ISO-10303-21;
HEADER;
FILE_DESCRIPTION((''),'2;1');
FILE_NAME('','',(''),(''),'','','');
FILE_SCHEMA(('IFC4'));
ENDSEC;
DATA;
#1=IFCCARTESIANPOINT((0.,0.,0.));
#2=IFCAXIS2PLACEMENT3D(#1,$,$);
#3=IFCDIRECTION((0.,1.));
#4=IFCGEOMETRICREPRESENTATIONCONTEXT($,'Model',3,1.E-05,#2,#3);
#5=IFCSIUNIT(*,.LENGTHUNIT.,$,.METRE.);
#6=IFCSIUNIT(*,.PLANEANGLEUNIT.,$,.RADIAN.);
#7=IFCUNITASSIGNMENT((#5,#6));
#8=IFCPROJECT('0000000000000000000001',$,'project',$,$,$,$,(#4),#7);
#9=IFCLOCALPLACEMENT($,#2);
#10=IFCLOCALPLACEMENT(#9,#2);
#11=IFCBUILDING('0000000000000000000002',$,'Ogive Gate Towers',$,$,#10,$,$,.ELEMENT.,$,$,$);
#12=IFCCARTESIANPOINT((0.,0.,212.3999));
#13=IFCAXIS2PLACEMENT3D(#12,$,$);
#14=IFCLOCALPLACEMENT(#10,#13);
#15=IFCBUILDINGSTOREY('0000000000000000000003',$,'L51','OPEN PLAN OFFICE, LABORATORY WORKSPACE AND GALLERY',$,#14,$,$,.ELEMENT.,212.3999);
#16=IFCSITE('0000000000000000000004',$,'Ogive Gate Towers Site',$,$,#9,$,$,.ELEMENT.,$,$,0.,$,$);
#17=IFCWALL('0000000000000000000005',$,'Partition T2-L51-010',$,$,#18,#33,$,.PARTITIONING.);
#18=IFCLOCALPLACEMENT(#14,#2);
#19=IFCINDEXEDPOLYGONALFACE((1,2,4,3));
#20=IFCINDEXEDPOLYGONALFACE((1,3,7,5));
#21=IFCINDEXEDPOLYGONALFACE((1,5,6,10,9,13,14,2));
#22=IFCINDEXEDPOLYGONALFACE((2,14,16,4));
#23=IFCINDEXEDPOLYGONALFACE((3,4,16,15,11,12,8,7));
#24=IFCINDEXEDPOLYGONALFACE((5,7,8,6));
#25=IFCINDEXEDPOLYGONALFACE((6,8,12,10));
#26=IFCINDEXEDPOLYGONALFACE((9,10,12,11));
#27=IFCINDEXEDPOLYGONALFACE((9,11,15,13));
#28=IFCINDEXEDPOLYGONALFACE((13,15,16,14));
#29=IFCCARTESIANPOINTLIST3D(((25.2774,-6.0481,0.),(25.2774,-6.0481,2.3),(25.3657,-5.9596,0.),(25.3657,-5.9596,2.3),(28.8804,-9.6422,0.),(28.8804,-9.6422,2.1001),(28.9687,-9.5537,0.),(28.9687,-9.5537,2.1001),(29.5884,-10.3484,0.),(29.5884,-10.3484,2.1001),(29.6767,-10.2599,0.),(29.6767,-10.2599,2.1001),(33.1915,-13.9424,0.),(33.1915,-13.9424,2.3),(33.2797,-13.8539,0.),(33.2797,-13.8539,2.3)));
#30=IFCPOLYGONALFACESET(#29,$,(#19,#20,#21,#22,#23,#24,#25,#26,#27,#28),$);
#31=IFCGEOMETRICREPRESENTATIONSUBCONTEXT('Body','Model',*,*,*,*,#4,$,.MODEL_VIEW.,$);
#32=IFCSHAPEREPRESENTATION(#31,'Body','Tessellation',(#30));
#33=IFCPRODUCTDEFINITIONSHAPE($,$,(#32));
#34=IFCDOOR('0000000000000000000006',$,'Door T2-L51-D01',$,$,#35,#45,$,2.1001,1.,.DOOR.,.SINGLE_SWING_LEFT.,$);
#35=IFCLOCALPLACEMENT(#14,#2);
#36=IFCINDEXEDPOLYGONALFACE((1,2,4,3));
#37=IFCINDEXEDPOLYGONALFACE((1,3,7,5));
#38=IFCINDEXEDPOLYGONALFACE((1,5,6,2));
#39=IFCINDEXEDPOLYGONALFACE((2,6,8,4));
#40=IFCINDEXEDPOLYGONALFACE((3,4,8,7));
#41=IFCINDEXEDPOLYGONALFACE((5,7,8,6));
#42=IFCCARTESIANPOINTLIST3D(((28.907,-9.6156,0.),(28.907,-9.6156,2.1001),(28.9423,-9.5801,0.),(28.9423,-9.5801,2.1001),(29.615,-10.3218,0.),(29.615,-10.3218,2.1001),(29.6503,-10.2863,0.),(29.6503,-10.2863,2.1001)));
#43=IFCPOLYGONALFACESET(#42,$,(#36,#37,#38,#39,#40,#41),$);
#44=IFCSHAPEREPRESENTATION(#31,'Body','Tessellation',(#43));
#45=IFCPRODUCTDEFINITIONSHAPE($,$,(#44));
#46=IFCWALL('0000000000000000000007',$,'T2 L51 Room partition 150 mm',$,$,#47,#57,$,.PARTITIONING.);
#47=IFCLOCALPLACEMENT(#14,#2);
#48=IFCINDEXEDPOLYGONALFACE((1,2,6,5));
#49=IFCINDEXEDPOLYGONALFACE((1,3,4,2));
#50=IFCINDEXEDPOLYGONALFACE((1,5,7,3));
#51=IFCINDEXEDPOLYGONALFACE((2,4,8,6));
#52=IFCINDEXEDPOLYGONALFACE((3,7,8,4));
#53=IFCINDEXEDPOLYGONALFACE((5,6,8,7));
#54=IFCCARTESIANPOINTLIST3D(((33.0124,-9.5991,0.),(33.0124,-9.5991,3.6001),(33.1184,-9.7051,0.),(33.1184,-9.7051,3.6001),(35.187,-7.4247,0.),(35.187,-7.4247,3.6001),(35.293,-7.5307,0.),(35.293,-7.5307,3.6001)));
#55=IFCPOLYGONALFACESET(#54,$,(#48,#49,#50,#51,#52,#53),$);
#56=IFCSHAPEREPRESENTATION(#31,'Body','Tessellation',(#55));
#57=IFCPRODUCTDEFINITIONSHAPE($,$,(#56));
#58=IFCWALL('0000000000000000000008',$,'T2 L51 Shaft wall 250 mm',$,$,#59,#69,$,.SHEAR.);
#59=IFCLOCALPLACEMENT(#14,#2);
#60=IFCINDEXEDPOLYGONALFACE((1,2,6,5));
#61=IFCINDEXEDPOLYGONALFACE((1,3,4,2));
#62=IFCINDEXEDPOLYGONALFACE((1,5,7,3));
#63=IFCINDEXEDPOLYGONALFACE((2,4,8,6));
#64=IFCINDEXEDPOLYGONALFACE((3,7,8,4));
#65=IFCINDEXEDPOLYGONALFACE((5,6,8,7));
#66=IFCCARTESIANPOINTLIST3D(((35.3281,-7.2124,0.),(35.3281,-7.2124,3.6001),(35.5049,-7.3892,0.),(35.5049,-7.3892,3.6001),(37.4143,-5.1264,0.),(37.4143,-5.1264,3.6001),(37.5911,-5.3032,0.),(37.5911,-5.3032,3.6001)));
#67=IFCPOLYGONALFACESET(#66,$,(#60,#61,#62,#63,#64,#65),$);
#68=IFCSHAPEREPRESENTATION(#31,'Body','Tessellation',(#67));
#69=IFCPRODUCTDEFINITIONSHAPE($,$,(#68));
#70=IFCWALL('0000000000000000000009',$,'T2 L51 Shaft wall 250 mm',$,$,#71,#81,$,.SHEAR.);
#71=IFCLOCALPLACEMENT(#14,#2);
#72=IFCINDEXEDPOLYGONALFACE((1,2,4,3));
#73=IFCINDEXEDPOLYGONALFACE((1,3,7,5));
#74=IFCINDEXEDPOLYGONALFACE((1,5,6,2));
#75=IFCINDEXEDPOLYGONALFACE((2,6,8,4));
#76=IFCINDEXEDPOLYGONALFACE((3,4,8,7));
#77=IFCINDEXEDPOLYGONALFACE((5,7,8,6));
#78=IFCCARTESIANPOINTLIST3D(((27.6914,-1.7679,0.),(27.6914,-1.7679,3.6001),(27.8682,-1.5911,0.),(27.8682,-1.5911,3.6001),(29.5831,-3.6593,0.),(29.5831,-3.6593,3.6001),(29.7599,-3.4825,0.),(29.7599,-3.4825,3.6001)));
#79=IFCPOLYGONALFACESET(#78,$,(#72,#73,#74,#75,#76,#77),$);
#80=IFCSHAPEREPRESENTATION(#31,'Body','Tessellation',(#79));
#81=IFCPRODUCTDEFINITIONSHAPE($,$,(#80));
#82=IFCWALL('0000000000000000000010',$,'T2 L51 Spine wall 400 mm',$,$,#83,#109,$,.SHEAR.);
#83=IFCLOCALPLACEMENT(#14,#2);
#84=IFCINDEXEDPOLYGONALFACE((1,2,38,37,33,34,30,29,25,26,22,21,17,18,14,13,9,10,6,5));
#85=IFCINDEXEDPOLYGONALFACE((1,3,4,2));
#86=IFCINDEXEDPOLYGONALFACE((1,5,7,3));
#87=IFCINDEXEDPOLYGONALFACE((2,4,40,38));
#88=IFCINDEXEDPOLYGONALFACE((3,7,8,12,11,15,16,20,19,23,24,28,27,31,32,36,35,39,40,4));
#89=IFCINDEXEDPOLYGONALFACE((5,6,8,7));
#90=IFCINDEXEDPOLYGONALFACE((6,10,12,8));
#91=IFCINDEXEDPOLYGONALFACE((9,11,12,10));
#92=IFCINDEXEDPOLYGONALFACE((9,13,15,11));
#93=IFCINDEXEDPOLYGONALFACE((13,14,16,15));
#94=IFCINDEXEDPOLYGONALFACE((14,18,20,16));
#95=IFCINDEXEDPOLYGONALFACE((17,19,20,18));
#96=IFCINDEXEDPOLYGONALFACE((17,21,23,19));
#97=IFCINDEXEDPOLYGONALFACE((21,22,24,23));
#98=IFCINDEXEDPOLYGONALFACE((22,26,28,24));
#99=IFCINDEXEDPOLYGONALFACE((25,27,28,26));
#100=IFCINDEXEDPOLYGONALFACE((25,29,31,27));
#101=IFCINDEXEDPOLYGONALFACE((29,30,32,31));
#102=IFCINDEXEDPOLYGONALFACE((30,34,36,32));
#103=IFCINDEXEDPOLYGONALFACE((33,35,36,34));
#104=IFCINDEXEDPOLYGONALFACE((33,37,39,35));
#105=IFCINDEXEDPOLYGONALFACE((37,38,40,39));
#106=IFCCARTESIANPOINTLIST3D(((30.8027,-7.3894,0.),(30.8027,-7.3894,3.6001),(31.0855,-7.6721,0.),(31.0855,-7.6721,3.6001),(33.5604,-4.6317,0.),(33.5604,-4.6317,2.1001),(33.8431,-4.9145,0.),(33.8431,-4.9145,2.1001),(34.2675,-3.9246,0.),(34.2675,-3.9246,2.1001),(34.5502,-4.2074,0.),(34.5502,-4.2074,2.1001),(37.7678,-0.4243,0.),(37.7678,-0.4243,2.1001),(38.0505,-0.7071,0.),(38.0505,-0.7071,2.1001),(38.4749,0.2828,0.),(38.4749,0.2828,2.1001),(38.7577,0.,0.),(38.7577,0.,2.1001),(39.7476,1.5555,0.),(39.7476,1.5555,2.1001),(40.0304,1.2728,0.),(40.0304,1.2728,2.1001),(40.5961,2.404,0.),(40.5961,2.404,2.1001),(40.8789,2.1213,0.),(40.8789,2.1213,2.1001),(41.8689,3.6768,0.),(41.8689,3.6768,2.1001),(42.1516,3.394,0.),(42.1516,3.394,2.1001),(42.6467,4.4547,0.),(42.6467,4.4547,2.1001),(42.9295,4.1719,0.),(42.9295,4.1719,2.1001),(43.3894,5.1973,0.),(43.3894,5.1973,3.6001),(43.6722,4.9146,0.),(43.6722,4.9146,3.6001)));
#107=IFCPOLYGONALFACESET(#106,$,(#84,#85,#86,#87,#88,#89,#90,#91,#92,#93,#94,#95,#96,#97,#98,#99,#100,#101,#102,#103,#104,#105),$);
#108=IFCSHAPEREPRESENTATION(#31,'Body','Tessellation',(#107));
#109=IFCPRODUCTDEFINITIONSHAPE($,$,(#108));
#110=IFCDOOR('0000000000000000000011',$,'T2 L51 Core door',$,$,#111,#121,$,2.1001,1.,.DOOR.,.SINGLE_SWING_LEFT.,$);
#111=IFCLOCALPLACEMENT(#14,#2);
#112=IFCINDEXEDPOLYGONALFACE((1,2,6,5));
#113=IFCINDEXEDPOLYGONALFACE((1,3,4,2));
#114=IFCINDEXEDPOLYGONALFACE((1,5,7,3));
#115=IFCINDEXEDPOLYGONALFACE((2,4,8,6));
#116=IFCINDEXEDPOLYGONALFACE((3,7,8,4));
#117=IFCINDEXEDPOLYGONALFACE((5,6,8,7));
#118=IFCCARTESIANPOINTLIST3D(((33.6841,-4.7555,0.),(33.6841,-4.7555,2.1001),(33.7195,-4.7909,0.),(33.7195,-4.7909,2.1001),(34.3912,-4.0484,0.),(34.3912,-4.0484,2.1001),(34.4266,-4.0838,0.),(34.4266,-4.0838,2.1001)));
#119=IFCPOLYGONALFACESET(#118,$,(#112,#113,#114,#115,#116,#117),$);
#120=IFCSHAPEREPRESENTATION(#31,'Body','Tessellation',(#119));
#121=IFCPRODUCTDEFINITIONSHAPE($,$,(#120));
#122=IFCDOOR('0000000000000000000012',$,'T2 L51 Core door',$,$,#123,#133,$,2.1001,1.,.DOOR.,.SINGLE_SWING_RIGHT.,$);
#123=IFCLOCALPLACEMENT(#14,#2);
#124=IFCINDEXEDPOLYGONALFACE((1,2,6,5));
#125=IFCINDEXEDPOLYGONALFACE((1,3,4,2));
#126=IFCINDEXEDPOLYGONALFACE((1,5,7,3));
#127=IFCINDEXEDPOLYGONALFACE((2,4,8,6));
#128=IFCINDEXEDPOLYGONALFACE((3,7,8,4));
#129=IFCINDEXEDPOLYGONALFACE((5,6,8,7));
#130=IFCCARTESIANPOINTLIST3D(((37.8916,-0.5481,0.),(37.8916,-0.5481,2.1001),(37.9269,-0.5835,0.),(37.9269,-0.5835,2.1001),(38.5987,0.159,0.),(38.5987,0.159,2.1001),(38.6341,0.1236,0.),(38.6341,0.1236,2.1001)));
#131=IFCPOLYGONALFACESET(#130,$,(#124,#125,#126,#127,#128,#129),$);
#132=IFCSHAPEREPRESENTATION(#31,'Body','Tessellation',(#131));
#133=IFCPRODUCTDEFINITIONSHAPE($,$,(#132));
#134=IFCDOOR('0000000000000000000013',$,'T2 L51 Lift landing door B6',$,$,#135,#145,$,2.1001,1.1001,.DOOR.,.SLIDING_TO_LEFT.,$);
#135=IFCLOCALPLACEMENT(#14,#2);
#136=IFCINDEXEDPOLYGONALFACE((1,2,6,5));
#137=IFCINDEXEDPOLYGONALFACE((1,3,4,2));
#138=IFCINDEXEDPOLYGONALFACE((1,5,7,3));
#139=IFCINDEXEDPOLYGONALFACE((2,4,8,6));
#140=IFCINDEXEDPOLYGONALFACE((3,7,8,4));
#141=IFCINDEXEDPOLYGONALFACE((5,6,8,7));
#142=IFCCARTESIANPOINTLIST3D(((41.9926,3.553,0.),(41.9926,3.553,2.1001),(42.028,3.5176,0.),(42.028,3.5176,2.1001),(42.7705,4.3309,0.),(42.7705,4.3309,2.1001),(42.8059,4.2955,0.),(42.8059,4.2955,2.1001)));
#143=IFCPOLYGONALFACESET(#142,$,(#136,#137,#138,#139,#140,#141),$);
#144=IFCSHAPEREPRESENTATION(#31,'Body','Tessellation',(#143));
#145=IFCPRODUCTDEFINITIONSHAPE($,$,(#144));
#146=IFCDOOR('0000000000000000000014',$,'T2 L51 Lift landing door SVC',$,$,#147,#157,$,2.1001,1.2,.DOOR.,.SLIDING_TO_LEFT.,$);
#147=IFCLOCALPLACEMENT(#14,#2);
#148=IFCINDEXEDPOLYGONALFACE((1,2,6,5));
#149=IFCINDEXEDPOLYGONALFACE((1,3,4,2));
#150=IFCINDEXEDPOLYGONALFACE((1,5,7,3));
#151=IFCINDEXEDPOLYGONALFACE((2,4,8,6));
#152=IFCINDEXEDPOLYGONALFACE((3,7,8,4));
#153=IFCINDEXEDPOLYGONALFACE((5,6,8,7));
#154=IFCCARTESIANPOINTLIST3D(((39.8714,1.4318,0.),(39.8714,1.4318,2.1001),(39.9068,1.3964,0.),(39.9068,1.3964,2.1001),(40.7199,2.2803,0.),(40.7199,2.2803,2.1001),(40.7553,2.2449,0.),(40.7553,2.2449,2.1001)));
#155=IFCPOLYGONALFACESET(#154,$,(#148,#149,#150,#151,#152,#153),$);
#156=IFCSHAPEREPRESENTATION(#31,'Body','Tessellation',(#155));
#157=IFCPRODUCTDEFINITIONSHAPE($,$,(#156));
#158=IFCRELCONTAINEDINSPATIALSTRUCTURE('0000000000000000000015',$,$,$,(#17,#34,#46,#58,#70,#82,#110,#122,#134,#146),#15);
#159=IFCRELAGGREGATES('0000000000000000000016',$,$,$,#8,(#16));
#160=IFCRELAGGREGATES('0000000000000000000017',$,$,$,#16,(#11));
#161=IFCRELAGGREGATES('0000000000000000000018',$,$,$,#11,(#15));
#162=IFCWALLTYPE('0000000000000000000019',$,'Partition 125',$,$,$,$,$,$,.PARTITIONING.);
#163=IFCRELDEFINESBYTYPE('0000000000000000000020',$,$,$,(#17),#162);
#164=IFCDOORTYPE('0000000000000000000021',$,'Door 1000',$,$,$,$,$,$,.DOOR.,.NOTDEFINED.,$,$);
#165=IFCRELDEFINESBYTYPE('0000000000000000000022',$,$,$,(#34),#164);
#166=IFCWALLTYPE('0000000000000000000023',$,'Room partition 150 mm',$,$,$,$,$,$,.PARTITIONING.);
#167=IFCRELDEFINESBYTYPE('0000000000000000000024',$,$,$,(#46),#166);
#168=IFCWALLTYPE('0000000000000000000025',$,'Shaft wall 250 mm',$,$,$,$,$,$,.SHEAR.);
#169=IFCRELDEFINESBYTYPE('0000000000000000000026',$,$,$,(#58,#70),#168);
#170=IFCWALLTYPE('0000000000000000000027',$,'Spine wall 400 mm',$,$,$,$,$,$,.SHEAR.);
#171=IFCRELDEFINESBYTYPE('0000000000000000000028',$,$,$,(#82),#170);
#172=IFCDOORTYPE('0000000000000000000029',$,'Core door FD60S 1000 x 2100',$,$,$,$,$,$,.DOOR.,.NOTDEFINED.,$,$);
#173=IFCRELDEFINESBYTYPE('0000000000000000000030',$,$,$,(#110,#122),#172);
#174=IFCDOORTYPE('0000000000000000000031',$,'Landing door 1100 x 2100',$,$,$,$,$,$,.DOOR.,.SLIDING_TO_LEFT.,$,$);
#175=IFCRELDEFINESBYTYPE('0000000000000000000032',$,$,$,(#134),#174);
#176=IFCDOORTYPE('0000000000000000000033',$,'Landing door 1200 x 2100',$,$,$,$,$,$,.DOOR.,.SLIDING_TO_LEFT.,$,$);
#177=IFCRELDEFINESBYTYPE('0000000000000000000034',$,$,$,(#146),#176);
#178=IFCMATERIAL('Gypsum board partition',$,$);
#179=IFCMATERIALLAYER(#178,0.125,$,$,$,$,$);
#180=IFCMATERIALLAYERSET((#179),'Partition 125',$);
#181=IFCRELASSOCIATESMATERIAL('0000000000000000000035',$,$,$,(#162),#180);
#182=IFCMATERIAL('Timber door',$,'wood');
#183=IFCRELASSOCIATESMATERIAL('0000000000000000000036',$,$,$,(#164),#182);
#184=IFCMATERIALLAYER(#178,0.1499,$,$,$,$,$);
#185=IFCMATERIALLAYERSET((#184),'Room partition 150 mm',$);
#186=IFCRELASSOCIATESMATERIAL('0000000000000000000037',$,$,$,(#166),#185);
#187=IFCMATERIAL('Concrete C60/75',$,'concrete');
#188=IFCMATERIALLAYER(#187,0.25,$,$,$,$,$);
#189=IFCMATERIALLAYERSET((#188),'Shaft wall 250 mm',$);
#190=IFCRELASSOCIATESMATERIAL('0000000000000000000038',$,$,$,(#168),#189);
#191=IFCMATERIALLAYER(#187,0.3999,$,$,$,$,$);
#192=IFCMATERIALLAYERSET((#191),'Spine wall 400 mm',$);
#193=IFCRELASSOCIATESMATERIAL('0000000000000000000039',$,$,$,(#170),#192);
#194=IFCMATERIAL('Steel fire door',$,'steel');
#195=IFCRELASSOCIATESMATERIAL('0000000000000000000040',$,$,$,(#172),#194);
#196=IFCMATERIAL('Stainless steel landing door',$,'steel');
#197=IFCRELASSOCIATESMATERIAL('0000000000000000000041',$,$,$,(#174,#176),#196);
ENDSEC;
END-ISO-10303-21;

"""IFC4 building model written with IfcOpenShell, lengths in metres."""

from ifc_helpers import new_model, si_unit, direction, frame, frame_2d, origin, place, context, subcontext, project, spatial, rectangle, extrude, material, layer, layer_set, type_object, element, fill, save


model = new_model("IFC4")

# Units and contexts
model_context = context("Model", 3, precision=1e-05, world=origin(), true_north=direction((0.0, 1.0)))
body_context = subcontext(model_context, "Body", "Model", "MODEL_VIEW")
ifc_project = project(units=[si_unit("LENGTHUNIT", "METRE"), si_unit("PLANEANGLEUNIT", "RADIAN")], contexts=[model_context])

# Site, building, storey
site_placement = place(None, origin())
site = spatial("IfcSite", under=ifc_project, at=site_placement, Name="Ogive Gate Towers Site", CompositionType="ELEMENT", RefElevation=0.0)
building_placement = place(site_placement, origin())
building = spatial("IfcBuilding", under=site, at=building_placement, Name="Ogive Gate Towers", CompositionType="ELEMENT")
storey_placement = place(building_placement, frame((0.0, 0.0, 212.3999)))
storey = spatial("IfcBuildingStorey", under=building, at=storey_placement, Name="L51", Description="OPEN PLAN OFFICE, LABORATORY WORKSPACE AND GALLERY", CompositionType="ELEMENT", Elevation=212.3999)

# Shared definitions
ifc_material_1 = material(Name="Gypsum board partition")
ifc_layer_1 = layer(ifc_material_1, 0.125)
ifc_layer_set_1 = layer_set([ifc_layer_1], Name="Partition 125")
wall_type_1 = type_object("IfcWallType", Name="Partition 125", PredefinedType="PARTITIONING", material=ifc_layer_set_1)

# Wall, opening, door
wall_1_placement = place(storey_placement, frame((33.2356, -13.8982, 0.0), z_axis=(0.0, 0.0, 1.0), x_axis=(-0.707991, 0.706222, 0.0)))
wall_1 = element("IfcWall", 1, at=wall_1_placement, inside=storey, type_object=wall_type_1, Name="Partition T2-L51-010", PredefinedType="PARTITIONING", context=body_context, shape_type="SweptSolid", body=[
    extrude(rectangle(XDim=11.1782, YDim=0.125, at=frame_2d((5.5891, 0.0))), origin(), (0.0, 0.0, 1.0), 2.3),
])
opening_1_placement = place(wall_1_placement, frame((5.0891, 0.0, 0.0)))
opening_1 = element("IfcOpeningElement", 2, at=opening_1_placement, cuts=wall_1, PredefinedType="OPENING", context=body_context, shape_type="SweptSolid", body=[
    extrude(rectangle(XDim=1.0, YDim=2.1001, at=frame_2d((0.5, 1.05))), frame((0.0, 0.0725, 0.0), z_axis=(0.0, -1.0, 0.0), x_axis=(1.0, 0.0, 0.0)), (0.0, 0.0, 1.0), 0.145),
])
ifc_material_2 = material(Name="Timber door", Category="wood")
door_type_1 = type_object("IfcDoorType", Name="Door 1000", OperationType="NOTDEFINED", PredefinedType="DOOR", material=ifc_material_2)
door_1_placement = place(opening_1_placement, origin())
door_1 = element("IfcDoor", 3, at=door_1_placement, inside=storey, type_object=door_type_1, Name="Door T2-L51-D01", OperationType="SINGLE_SWING_LEFT", OverallHeight=2.1001, OverallWidth=1.0, PredefinedType="DOOR", context=body_context, shape_type="SweptSolid", body=[
    extrude(rectangle(XDim=1.0, YDim=2.1001, at=frame_2d((0.5, 1.05))), frame((0.0, 0.0249, 0.0), z_axis=(0.0, -1.0, 0.0), x_axis=(1.0, 0.0, 0.0)), (0.0, 0.0, 1.0), 0.05),
])
fill(opening_1, door_1)

# Walls
ifc_layer_2 = layer(ifc_material_1, 0.1499)
ifc_layer_set_2 = layer_set([ifc_layer_2], Name="Room partition 150 mm")
wall_type_2 = type_object("IfcWallType", Name="Room partition 150 mm", PredefinedType="PARTITIONING", material=ifc_layer_set_2)
wall_2_placement = place(storey_placement, frame((33.0654, -9.6521, 0.0), z_axis=(0.0, 0.0, 1.0), x_axis=(0.707146, 0.707067, 0.0)))
element("IfcWall", 4, at=wall_2_placement, inside=storey, type_object=wall_type_2, Name="T2 L51 Room partition 150 mm", PredefinedType="PARTITIONING", context=body_context, shape_type="SweptSolid", body=[
    extrude(rectangle(XDim=3.0752, YDim=0.1499, at=frame_2d((1.5376, 0.0))), origin(), (0.0, 0.0, 1.0), 3.6001),
])
ifc_material_3 = material(Name="Concrete C60/75", Category="concrete")
ifc_layer_3 = layer(ifc_material_3, 0.25)
ifc_layer_set_3 = layer_set([ifc_layer_3], Name="Shaft wall 250 mm")
wall_type_3 = type_object("IfcWallType", Name="Shaft wall 250 mm", PredefinedType="SHEAR", material=ifc_layer_set_3)
wall_3_placement = place(storey_placement, frame((35.4165, -7.3008, 0.0), z_axis=(0.0, 0.0, 1.0), x_axis=(0.707148, 0.707065, 0.0)))
element("IfcWall", 5, at=wall_3_placement, inside=storey, type_object=wall_type_3, Name="T2 L51 Shaft wall 250 mm", PredefinedType="SHEAR", context=body_context, shape_type="SweptSolid", body=[
    extrude(rectangle(XDim=2.9502, YDim=0.25, at=frame_2d((1.4751, 0.0))), origin(), (0.0, 0.0, 1.0), 3.6001),
])
wall_4_placement = place(storey_placement, frame((29.6714, -3.5708, 0.0), z_axis=(0.0, 0.0, 1.0), x_axis=(-0.707152, 0.707061, 0.0)))
element("IfcWall", 6, at=wall_4_placement, inside=storey, type_object=wall_type_3, Name="T2 L51 Shaft wall 250 mm", PredefinedType="SHEAR", context=body_context, shape_type="SweptSolid", body=[
    extrude(rectangle(XDim=2.675, YDim=0.25, at=frame_2d((1.3374, 0.0))), origin(), (0.0, 0.0, 1.0), 3.6001),
])

# Wall, openings, doors
ifc_layer_4 = layer(ifc_material_3, 0.3999)
ifc_layer_set_4 = layer_set([ifc_layer_4], Name="Spine wall 400 mm")
wall_type_4 = type_object("IfcWallType", Name="Spine wall 400 mm", PredefinedType="SHEAR", material=ifc_layer_set_4)
wall_5_placement = place(storey_placement, frame((30.9441, -7.5308, 0.0), z_axis=(0.0, 0.0, 1.0), x_axis=(0.707107, 0.707107, 0.0)))
wall_5 = element("IfcWall", 7, at=wall_5_placement, inside=storey, type_object=wall_type_4, Name="T2 L51 Spine wall 400 mm", PredefinedType="SHEAR", context=body_context, shape_type="SweptSolid", body=[
    extrude(rectangle(XDim=17.8003, YDim=0.3999, at=frame_2d((8.9001, 0.0))), origin(), (0.0, 0.0, 1.0), 3.6001),
])
opening_2_placement = place(wall_5_placement, frame((12.6499, 0.0, 0.0)))
opening_2 = element("IfcOpeningElement", 8, at=opening_2_placement, cuts=wall_5, PredefinedType="OPENING", context=body_context, shape_type="SweptSolid", body=[
    extrude(rectangle(XDim=1.2, YDim=2.1001, at=frame_2d((0.6001, 1.05))), frame((0.0, 0.21, 0.0), z_axis=(0.0, -1.0, 0.0), x_axis=(1.0, 0.0, 0.0)), (0.0, 0.0, 1.0), 0.4199),
])
opening_3_placement = place(wall_5_placement, frame((15.6499, 0.0, 0.0)))
opening_3 = element("IfcOpeningElement", 9, at=opening_3_placement, cuts=wall_5, PredefinedType="OPENING", context=body_context, shape_type="SweptSolid", body=[
    extrude(rectangle(XDim=1.1001, YDim=2.1001, at=frame_2d((0.55, 1.05))), frame((0.0, 0.21, 0.0), z_axis=(0.0, -1.0, 0.0), x_axis=(1.0, 0.0, 0.0)), (0.0, 0.0, 1.0), 0.4199),
])
opening_4_placement = place(wall_5_placement, frame((3.8999, 0.0, 0.0)))
opening_4 = element("IfcOpeningElement", 10, at=opening_4_placement, cuts=wall_5, PredefinedType="OPENING", context=body_context, shape_type="SweptSolid", body=[
    extrude(rectangle(XDim=1.0, YDim=2.1001, at=frame_2d((0.5, 1.05))), frame((0.0, 0.21, 0.0), z_axis=(0.0, -1.0, 0.0), x_axis=(1.0, 0.0, 0.0)), (0.0, 0.0, 1.0), 0.4199),
])
opening_5_placement = place(wall_5_placement, frame((9.8501, 0.0, 0.0)))
opening_5 = element("IfcOpeningElement", 11, at=opening_5_placement, cuts=wall_5, PredefinedType="OPENING", context=body_context, shape_type="SweptSolid", body=[
    extrude(rectangle(XDim=1.0, YDim=2.1001, at=frame_2d((0.5, 1.05))), frame((0.0, 0.21, 0.0), z_axis=(0.0, -1.0, 0.0), x_axis=(1.0, 0.0, 0.0)), (0.0, 0.0, 1.0), 0.4199),
])
ifc_material_4 = material(Name="Steel fire door", Category="steel")
door_type_2 = type_object("IfcDoorType", Name="Core door FD60S 1000 x 2100", OperationType="NOTDEFINED", PredefinedType="DOOR", material=ifc_material_4)
door_2_placement = place(opening_4_placement, origin())
door_2 = element("IfcDoor", 12, at=door_2_placement, inside=storey, type_object=door_type_2, Name="T2 L51 Core door", OperationType="SINGLE_SWING_LEFT", OverallHeight=2.1001, OverallWidth=1.0, PredefinedType="DOOR", context=body_context, shape_type="SweptSolid", body=[
    extrude(rectangle(XDim=1.0, YDim=2.1001, at=frame_2d((0.5, 1.05))), frame((0.0, 0.0249, 0.0), z_axis=(0.0, -1.0, 0.0), x_axis=(1.0, 0.0, 0.0)), (0.0, 0.0, 1.0), 0.05),
])
fill(opening_4, door_2)
door_3_placement = place(opening_5_placement, origin())
door_3 = element("IfcDoor", 13, at=door_3_placement, inside=storey, type_object=door_type_2, Name="T2 L51 Core door", OperationType="SINGLE_SWING_RIGHT", OverallHeight=2.1001, OverallWidth=1.0, PredefinedType="DOOR", context=body_context, shape_type="SweptSolid", body=[
    extrude(rectangle(XDim=1.0, YDim=2.1001, at=frame_2d((0.5, 1.05))), frame((0.0, 0.0249, 0.0), z_axis=(0.0, -1.0, 0.0), x_axis=(1.0, 0.0, 0.0)), (0.0, 0.0, 1.0), 0.05),
])
fill(opening_5, door_3)
ifc_material_5 = material(Name="Stainless steel landing door", Category="steel")
door_type_3 = type_object("IfcDoorType", Name="Landing door 1100 x 2100", OperationType="SLIDING_TO_LEFT", PredefinedType="DOOR", material=ifc_material_5)
door_4_placement = place(opening_3_placement, origin())
door_4 = element("IfcDoor", 14, at=door_4_placement, inside=storey, type_object=door_type_3, Name="T2 L51 Lift landing door B6", OperationType="SLIDING_TO_LEFT", OverallHeight=2.1001, OverallWidth=1.1001, PredefinedType="DOOR", context=body_context, shape_type="SweptSolid", body=[
    extrude(rectangle(XDim=1.1001, YDim=2.1001, at=frame_2d((0.55, 1.05))), frame((0.0, 0.0249, 0.0), z_axis=(0.0, -1.0, 0.0), x_axis=(1.0, 0.0, 0.0)), (0.0, 0.0, 1.0), 0.05),
])
fill(opening_3, door_4)
door_type_4 = type_object("IfcDoorType", Name="Landing door 1200 x 2100", OperationType="SLIDING_TO_LEFT", PredefinedType="DOOR", material=ifc_material_5)
door_5_placement = place(opening_2_placement, origin())
door_5 = element("IfcDoor", 15, at=door_5_placement, inside=storey, type_object=door_type_4, Name="T2 L51 Lift landing door SVC", OperationType="SLIDING_TO_LEFT", OverallHeight=2.1001, OverallWidth=1.2, PredefinedType="DOOR", context=body_context, shape_type="SweptSolid", body=[
    extrude(rectangle(XDim=1.2, YDim=2.1001, at=frame_2d((0.6001, 1.05))), frame((0.0, 0.0249, 0.0), z_axis=(0.0, -1.0, 0.0), x_axis=(1.0, 0.0, 0.0)), (0.0, 0.0, 1.0), 0.05),
])
fill(opening_2, door_5)

save(model, "model.ifc")
